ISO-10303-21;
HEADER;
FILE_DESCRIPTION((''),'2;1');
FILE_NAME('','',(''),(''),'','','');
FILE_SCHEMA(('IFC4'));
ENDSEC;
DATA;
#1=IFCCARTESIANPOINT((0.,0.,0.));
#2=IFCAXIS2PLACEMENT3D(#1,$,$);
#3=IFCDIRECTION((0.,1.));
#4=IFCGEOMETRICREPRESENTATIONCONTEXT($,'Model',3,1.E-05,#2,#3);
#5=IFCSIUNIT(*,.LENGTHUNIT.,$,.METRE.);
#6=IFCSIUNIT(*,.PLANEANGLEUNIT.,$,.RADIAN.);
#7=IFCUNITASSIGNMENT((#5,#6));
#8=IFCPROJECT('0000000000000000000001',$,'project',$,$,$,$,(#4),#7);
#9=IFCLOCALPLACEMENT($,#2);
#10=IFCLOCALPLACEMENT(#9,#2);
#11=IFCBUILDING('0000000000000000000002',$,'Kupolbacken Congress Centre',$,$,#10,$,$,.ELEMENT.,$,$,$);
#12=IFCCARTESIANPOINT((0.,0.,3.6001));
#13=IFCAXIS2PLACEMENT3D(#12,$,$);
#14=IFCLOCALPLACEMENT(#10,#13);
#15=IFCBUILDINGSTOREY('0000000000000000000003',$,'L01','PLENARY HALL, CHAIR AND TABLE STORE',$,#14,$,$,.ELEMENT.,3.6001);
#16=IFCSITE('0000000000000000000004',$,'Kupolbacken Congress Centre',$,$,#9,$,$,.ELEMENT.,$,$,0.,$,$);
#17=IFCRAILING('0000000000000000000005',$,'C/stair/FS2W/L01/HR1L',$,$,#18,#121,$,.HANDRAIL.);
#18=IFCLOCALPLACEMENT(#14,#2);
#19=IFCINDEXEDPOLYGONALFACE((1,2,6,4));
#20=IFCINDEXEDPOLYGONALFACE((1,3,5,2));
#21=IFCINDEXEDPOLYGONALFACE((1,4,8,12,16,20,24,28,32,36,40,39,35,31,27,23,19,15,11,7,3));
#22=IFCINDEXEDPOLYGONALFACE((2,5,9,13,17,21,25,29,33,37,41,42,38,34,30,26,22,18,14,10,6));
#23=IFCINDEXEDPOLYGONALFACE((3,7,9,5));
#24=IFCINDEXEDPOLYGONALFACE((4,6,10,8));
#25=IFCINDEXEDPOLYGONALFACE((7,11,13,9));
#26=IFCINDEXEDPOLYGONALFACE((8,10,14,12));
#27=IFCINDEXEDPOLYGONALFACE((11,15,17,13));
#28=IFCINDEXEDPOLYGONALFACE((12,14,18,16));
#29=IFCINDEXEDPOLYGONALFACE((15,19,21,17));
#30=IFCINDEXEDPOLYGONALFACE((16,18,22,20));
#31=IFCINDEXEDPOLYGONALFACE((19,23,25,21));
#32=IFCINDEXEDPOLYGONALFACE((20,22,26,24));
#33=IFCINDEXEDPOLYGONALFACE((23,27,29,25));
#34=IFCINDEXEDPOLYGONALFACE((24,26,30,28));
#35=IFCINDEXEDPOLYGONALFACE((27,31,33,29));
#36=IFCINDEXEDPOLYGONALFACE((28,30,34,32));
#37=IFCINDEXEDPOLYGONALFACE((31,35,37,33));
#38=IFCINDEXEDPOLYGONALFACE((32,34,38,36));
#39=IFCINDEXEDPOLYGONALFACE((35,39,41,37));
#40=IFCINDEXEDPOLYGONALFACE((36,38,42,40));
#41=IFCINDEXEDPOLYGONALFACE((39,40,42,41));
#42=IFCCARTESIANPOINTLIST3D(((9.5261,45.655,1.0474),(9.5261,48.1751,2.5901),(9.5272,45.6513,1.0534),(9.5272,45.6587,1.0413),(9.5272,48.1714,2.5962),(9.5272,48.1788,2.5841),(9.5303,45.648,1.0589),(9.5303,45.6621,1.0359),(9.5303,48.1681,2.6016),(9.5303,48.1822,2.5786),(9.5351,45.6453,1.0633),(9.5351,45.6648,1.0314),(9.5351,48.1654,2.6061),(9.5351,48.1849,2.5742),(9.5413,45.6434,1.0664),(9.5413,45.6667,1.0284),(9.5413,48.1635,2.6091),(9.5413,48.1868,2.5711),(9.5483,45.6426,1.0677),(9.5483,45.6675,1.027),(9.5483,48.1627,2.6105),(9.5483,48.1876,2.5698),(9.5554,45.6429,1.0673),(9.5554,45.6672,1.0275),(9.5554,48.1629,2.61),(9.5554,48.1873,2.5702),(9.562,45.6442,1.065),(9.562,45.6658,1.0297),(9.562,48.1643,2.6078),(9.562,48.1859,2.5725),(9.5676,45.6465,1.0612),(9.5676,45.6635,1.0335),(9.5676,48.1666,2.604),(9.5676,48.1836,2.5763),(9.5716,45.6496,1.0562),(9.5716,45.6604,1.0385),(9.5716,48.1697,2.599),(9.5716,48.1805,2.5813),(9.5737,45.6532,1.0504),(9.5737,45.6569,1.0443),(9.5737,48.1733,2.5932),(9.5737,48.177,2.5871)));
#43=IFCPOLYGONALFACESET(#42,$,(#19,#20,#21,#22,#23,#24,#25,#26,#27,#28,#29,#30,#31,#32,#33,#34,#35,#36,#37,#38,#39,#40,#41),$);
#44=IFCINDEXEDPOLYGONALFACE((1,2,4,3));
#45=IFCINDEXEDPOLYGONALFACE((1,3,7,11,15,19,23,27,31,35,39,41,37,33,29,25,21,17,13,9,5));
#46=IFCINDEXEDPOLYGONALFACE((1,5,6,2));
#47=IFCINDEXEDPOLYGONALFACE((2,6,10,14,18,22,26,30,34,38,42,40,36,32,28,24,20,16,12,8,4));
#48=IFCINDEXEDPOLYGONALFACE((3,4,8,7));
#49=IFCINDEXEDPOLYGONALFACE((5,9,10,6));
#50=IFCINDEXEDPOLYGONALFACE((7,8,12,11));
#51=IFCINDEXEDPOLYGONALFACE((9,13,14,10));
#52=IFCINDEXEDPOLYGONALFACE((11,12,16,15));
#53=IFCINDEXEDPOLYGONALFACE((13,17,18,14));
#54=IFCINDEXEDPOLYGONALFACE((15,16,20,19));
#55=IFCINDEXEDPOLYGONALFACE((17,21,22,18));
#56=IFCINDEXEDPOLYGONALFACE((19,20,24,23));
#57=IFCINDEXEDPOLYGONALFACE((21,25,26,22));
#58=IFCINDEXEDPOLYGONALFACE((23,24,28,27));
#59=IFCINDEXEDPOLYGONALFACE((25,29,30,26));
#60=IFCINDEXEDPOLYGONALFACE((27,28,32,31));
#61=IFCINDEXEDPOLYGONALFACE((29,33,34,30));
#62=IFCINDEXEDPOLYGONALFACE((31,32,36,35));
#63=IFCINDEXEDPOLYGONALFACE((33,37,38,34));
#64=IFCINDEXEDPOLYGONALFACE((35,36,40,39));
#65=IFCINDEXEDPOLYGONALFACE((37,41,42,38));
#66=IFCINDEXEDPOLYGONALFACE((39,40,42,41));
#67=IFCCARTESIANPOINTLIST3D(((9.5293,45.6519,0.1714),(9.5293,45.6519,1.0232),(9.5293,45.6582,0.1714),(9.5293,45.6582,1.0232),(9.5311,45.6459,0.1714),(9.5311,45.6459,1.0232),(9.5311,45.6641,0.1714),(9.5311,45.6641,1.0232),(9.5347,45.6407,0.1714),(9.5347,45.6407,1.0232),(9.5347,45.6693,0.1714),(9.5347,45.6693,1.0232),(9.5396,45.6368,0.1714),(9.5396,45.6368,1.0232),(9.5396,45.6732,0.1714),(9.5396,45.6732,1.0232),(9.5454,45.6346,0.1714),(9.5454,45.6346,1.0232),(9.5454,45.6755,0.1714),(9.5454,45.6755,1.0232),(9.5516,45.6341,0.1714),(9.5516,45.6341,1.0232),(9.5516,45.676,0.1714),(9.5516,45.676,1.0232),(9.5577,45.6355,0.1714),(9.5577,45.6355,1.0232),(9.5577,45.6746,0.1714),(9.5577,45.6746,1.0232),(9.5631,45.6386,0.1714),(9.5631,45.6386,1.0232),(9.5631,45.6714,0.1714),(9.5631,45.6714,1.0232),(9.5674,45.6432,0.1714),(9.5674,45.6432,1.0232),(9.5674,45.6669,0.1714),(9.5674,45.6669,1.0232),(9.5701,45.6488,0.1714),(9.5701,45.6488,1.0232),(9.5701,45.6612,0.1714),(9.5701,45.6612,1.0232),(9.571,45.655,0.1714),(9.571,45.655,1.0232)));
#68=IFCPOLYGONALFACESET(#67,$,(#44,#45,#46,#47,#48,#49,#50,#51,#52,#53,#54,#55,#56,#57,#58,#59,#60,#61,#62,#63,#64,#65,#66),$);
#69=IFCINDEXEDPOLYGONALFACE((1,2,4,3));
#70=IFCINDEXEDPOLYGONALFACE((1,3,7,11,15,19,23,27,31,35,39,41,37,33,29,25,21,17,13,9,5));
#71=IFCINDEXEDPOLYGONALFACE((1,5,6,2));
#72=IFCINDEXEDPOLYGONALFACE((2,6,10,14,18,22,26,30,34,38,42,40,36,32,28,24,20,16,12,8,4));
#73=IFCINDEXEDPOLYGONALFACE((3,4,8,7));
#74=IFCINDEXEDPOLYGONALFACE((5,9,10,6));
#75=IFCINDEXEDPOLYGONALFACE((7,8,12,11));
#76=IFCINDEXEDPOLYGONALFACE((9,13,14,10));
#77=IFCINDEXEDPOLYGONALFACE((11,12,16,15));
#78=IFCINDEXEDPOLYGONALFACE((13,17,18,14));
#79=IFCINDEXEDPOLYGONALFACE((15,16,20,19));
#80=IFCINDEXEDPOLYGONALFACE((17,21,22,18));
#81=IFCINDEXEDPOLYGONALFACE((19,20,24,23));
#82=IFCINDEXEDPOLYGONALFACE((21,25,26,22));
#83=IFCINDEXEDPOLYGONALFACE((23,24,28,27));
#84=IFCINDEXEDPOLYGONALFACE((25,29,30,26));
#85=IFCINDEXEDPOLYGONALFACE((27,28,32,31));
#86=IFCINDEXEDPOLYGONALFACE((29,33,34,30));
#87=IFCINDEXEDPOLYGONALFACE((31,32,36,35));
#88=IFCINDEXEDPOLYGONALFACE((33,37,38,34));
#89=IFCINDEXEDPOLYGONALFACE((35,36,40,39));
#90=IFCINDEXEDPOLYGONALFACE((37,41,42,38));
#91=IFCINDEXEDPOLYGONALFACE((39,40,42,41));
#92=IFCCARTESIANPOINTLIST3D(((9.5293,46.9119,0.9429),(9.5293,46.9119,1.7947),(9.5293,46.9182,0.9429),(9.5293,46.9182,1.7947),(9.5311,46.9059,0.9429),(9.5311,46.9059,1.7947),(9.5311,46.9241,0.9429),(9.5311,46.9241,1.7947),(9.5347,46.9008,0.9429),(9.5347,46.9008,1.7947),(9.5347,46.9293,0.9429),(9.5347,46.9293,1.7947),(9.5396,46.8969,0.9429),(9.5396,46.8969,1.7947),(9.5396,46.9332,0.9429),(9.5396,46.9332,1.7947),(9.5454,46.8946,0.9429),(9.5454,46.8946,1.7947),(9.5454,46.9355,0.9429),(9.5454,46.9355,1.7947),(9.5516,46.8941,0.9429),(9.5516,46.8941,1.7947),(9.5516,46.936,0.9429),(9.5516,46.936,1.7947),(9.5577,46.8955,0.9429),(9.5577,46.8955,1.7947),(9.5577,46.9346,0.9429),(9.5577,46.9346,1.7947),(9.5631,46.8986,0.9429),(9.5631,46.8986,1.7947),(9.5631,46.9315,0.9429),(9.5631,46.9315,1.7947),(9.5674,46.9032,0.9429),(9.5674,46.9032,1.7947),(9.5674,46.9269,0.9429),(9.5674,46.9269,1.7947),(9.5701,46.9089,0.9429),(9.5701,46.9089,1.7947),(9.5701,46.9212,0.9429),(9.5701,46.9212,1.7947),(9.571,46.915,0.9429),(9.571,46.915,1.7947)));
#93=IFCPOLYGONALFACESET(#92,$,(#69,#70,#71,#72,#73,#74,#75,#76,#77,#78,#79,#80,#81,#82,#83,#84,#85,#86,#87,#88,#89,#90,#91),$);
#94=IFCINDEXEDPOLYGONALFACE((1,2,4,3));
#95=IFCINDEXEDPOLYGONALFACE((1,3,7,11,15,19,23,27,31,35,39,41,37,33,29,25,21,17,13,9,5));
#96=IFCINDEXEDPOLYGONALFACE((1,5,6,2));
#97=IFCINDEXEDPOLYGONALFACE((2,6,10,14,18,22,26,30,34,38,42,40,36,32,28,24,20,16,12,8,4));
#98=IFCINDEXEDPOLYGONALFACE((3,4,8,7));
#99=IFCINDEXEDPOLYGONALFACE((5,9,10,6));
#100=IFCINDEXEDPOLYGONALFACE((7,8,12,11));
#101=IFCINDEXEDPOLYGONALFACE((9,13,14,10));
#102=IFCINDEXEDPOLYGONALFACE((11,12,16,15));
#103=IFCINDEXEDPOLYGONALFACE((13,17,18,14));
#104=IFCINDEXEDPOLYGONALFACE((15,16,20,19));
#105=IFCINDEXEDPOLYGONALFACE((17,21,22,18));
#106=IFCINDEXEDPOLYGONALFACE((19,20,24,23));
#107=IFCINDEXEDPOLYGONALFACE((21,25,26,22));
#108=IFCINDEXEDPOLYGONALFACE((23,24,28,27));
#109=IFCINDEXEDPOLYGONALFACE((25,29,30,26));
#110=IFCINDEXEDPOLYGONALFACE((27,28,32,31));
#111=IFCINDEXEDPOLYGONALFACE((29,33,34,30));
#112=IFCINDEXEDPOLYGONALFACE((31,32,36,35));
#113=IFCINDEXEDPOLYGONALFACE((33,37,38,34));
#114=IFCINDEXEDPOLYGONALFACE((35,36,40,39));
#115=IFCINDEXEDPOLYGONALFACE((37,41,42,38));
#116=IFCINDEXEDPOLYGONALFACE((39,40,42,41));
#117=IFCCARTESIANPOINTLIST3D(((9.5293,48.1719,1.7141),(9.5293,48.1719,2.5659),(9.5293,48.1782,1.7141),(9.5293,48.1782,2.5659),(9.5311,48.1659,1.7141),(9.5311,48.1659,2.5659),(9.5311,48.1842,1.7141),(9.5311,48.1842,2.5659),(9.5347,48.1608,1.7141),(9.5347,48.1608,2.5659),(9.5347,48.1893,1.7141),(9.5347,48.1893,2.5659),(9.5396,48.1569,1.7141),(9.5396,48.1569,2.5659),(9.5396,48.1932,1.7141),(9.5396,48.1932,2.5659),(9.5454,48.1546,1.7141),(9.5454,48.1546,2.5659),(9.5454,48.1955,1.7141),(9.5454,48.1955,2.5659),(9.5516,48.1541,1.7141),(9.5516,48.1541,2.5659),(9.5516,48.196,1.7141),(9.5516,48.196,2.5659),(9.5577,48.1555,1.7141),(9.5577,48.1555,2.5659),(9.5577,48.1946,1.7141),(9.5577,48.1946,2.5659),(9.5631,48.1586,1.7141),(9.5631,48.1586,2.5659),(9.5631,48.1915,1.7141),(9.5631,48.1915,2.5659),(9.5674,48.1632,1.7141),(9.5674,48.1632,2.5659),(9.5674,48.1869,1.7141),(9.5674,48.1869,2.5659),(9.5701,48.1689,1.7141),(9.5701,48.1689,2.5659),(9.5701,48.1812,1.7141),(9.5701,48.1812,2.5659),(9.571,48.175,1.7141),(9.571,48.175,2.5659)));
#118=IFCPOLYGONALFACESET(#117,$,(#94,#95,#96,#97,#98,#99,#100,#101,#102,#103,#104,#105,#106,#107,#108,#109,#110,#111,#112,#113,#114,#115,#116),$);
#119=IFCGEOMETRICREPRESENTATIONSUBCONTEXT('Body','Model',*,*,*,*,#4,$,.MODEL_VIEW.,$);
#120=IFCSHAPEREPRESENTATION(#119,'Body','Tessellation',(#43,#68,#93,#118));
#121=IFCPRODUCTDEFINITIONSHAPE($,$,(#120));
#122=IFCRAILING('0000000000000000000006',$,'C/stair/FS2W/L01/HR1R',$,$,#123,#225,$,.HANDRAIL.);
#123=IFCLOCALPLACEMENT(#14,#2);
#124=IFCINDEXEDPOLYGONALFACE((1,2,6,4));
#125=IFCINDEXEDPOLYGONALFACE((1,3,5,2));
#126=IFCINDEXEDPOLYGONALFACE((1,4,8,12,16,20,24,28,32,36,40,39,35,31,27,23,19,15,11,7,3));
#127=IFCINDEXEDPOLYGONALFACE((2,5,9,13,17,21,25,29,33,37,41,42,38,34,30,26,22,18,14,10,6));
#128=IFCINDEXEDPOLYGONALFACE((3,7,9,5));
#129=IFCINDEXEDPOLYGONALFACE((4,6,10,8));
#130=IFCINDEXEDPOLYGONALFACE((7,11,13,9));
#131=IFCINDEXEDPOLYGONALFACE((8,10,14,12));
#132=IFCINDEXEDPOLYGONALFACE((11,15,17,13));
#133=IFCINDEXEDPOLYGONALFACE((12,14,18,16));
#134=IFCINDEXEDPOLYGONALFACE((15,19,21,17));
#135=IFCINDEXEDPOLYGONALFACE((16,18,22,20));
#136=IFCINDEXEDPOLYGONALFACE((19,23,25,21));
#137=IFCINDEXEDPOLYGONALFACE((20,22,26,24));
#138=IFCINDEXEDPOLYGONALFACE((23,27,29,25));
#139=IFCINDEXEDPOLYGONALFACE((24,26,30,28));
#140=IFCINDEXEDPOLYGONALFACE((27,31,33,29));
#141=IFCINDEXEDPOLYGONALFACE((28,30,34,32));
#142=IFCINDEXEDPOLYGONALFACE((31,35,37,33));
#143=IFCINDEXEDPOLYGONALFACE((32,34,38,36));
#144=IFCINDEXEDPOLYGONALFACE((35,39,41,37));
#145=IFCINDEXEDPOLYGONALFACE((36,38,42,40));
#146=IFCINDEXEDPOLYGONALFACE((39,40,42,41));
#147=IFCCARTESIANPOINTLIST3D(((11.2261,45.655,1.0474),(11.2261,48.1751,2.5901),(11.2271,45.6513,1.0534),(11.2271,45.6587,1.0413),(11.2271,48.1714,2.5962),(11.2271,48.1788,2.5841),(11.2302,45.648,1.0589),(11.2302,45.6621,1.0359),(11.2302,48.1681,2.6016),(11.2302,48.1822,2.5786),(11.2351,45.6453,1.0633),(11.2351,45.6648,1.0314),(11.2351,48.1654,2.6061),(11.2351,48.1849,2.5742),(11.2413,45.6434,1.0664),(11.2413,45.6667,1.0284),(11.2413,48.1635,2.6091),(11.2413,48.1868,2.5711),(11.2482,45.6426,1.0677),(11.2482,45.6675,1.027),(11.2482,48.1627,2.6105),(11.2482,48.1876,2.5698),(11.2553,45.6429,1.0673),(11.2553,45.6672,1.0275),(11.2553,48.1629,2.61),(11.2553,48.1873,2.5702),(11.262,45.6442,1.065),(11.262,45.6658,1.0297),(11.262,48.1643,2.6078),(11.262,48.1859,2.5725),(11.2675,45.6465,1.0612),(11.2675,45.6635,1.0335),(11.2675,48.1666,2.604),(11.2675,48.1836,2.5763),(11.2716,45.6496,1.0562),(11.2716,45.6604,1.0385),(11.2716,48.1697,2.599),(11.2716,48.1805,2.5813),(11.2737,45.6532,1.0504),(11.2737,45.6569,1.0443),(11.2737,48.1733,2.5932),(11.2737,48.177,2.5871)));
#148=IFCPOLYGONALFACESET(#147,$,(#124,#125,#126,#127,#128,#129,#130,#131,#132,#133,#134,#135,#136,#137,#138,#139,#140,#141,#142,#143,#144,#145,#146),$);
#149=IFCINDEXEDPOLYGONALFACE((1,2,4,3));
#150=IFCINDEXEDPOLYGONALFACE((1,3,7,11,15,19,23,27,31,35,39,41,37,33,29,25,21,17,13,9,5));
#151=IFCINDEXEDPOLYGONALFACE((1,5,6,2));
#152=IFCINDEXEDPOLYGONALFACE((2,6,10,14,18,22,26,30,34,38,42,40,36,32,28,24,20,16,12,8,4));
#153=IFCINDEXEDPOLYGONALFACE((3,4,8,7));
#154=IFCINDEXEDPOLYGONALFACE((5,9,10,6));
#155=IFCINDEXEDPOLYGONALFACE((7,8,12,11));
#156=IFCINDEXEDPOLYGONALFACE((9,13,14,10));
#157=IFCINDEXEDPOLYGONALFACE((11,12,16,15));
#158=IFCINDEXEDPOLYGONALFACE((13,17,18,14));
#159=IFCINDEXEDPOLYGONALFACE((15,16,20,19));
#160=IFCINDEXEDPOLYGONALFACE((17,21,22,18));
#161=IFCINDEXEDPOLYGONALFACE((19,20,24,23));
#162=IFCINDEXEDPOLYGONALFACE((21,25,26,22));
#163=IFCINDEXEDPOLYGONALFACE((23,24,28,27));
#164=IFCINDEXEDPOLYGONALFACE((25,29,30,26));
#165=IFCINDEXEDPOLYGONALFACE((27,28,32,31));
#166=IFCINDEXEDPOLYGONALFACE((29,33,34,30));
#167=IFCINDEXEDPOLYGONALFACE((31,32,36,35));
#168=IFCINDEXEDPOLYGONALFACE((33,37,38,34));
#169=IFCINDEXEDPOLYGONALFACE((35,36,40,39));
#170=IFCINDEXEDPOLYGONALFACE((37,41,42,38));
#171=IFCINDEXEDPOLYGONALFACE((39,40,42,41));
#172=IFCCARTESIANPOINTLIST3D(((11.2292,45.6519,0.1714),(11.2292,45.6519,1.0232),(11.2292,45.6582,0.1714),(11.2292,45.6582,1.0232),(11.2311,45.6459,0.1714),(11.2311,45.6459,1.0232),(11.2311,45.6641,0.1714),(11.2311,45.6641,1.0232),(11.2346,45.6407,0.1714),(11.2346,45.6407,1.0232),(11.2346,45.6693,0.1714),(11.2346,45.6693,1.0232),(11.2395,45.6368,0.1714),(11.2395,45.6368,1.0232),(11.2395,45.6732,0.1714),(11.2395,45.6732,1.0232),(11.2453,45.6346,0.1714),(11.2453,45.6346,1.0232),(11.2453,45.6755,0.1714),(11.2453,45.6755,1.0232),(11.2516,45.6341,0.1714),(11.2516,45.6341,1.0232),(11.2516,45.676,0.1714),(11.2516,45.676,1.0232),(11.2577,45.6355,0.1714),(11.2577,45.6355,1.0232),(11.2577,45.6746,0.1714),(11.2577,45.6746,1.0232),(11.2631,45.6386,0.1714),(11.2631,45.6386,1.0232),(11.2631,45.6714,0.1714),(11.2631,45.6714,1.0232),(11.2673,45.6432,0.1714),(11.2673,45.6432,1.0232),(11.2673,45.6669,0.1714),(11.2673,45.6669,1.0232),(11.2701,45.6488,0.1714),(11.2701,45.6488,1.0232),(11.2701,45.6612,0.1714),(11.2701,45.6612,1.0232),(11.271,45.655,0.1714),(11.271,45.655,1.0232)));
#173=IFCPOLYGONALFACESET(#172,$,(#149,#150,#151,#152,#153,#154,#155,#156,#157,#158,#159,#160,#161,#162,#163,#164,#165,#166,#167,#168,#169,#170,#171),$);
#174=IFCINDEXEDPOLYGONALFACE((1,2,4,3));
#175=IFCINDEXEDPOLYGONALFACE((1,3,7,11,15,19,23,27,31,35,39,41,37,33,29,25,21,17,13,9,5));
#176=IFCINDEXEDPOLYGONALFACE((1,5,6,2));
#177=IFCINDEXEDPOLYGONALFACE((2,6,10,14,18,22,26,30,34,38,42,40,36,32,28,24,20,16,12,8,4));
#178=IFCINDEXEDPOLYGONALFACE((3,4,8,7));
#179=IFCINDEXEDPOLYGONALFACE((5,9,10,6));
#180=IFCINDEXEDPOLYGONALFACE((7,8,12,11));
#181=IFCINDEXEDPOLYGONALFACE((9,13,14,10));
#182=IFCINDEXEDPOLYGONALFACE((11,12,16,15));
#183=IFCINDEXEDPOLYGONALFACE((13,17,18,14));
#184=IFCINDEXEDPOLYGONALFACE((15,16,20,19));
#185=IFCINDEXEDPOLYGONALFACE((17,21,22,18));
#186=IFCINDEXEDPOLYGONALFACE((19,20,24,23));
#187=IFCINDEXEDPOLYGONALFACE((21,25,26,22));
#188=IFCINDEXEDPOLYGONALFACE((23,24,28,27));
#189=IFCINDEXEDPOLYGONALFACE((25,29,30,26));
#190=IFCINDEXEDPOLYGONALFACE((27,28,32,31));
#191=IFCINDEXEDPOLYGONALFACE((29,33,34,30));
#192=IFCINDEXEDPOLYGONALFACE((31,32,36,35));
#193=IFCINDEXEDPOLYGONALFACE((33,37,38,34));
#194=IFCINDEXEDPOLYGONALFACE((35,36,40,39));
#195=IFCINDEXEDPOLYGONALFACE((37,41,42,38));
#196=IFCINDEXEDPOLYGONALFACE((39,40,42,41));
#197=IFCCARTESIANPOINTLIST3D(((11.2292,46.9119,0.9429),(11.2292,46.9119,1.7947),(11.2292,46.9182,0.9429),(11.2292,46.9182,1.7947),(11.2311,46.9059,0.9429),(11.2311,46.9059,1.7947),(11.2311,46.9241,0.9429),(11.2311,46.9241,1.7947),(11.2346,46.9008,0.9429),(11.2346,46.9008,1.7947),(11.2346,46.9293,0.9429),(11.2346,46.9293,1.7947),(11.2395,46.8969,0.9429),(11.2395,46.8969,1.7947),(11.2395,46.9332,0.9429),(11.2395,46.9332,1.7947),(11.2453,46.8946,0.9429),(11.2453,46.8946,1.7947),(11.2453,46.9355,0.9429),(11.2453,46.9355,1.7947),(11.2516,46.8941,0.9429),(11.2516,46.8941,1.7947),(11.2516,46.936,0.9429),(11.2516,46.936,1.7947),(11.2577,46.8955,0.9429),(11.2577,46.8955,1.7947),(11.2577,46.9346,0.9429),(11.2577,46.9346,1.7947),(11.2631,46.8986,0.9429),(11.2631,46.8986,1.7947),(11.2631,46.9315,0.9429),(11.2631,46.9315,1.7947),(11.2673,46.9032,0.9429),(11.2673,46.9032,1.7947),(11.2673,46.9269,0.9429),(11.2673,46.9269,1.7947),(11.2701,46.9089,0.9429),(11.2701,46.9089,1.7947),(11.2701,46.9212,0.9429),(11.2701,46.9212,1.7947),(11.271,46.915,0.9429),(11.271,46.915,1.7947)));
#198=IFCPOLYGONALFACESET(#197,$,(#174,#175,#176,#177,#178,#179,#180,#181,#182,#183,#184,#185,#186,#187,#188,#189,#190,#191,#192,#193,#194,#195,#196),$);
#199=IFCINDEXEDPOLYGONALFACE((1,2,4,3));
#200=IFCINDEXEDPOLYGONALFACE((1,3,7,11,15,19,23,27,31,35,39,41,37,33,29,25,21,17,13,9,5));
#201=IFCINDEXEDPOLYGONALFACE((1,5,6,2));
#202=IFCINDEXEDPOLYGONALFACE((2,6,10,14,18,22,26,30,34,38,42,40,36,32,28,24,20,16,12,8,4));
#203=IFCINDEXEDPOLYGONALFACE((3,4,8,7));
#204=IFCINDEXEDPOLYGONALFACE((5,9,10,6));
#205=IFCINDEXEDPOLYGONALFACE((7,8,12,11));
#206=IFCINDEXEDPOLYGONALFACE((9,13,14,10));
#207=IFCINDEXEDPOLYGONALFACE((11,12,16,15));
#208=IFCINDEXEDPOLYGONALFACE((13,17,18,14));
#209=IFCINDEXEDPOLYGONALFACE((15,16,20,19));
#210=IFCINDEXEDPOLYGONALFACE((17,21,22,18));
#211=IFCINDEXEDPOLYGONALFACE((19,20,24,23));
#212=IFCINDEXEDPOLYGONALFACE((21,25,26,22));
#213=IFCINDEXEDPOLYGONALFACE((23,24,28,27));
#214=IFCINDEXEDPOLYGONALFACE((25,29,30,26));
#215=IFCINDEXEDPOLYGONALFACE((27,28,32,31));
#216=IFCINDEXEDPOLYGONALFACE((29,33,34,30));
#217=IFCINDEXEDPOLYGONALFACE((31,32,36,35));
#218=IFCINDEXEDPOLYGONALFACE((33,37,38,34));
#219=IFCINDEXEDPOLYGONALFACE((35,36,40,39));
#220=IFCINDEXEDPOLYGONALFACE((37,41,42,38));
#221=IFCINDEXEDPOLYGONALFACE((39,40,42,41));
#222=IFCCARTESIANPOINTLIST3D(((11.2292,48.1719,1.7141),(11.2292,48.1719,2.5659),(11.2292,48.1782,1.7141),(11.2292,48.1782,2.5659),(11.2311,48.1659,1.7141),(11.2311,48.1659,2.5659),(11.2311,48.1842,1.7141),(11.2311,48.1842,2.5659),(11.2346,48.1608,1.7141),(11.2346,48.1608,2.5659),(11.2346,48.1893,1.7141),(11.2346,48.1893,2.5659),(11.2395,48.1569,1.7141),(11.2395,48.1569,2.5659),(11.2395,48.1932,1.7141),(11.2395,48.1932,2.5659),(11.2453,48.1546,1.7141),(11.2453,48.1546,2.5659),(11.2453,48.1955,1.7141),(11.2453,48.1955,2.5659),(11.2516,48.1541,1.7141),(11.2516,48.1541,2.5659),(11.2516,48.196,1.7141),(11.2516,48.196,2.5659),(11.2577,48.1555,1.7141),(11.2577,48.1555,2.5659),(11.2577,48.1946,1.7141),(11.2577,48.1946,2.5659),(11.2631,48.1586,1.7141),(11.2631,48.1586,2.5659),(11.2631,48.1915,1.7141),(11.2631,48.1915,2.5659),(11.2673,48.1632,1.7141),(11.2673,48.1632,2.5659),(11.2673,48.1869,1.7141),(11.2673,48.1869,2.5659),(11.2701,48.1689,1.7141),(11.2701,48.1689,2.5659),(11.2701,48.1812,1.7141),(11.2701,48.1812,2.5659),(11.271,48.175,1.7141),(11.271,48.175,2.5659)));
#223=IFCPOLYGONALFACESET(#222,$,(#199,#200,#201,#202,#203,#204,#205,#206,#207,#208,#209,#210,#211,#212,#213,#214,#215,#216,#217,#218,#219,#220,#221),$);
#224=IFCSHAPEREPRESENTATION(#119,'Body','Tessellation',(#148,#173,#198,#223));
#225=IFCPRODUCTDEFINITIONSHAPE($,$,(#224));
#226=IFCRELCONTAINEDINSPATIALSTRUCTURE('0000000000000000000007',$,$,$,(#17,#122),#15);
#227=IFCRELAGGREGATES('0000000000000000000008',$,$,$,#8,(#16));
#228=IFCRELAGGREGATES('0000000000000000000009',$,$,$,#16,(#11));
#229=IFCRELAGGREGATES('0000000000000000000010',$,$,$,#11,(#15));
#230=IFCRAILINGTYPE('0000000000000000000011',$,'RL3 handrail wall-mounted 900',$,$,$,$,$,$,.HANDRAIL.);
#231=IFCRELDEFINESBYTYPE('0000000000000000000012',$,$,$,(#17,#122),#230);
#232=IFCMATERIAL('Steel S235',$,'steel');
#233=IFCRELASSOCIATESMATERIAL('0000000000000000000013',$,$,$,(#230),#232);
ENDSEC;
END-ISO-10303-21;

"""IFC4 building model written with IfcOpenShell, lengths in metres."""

from ifc_helpers import new_model, si_unit, direction, frame, origin, origin_2d, place, context, subcontext, project, spatial, circle, extrude, material, type_object, element, save


model = new_model("IFC4")

# Units and contexts
model_context = context("Model", 3, precision=1e-05, world=origin(), true_north=direction((0.0, 1.0)))
body_context = subcontext(model_context, "Body", "Model", "MODEL_VIEW")
ifc_project = project(units=[si_unit("LENGTHUNIT", "METRE"), si_unit("PLANEANGLEUNIT", "RADIAN")], contexts=[model_context])

# Site, building, storey
site_placement = place(None, origin())
site = spatial("IfcSite", under=ifc_project, at=site_placement, Name="Kupolbacken Congress Centre", CompositionType="ELEMENT", RefElevation=0.0)
building_placement = place(site_placement, origin())
building = spatial("IfcBuilding", under=site, at=building_placement, Name="Kupolbacken Congress Centre", CompositionType="ELEMENT")
storey_placement = place(building_placement, frame((0.0, 0.0, 3.6001)))
storey = spatial("IfcBuildingStorey", under=building, at=storey_placement, Name="L01", Description="PLENARY HALL, CHAIR AND TABLE STORE", CompositionType="ELEMENT", Elevation=3.6001)

# Railings
ifc_material_1 = material(Name="Steel S235", Category="steel")
railing_type = type_object("IfcRailingType", Name="RL3 handrail wall-mounted 900", PredefinedType="HANDRAIL", material=ifc_material_1)
for number, where, name in (
    (1, (9.55, 45.655, 0.1714), "C/stair/FS2W/L01/HR1L"),
    (2, (11.25, 45.655, 0.1714), "C/stair/FS2W/L01/HR1R"),
):
    element("IfcRailing", number, at=place(storey_placement, frame(where)), inside=storey, type_object=railing_type, Name=name, PredefinedType="HANDRAIL", context=body_context, shape_type="SweptSolid", body=[
        extrude(circle(Radius=0.0239, at=origin_2d()), frame((0.0, 0.0, 0.876), z_axis=(0.0, 0.852873, 0.522118), x_axis=(-1.0, 0.0, 0.0)), (0.0, 0.0, 1.0), 2.9548),
        extrude(circle(Radius=0.021, at=origin_2d()), origin(), (0.0, 0.0, 1.0), 0.8518),
        extrude(circle(Radius=0.021, at=origin_2d()), frame((0.0, 1.26, 0.7715)), (0.0, 0.0, 1.0), 0.8518),
        extrude(circle(Radius=0.021, at=origin_2d()), frame((0.0, 2.52, 1.5427)), (0.0, 0.0, 1.0), 0.8518),
    ])

save(model, "model.ifc")
